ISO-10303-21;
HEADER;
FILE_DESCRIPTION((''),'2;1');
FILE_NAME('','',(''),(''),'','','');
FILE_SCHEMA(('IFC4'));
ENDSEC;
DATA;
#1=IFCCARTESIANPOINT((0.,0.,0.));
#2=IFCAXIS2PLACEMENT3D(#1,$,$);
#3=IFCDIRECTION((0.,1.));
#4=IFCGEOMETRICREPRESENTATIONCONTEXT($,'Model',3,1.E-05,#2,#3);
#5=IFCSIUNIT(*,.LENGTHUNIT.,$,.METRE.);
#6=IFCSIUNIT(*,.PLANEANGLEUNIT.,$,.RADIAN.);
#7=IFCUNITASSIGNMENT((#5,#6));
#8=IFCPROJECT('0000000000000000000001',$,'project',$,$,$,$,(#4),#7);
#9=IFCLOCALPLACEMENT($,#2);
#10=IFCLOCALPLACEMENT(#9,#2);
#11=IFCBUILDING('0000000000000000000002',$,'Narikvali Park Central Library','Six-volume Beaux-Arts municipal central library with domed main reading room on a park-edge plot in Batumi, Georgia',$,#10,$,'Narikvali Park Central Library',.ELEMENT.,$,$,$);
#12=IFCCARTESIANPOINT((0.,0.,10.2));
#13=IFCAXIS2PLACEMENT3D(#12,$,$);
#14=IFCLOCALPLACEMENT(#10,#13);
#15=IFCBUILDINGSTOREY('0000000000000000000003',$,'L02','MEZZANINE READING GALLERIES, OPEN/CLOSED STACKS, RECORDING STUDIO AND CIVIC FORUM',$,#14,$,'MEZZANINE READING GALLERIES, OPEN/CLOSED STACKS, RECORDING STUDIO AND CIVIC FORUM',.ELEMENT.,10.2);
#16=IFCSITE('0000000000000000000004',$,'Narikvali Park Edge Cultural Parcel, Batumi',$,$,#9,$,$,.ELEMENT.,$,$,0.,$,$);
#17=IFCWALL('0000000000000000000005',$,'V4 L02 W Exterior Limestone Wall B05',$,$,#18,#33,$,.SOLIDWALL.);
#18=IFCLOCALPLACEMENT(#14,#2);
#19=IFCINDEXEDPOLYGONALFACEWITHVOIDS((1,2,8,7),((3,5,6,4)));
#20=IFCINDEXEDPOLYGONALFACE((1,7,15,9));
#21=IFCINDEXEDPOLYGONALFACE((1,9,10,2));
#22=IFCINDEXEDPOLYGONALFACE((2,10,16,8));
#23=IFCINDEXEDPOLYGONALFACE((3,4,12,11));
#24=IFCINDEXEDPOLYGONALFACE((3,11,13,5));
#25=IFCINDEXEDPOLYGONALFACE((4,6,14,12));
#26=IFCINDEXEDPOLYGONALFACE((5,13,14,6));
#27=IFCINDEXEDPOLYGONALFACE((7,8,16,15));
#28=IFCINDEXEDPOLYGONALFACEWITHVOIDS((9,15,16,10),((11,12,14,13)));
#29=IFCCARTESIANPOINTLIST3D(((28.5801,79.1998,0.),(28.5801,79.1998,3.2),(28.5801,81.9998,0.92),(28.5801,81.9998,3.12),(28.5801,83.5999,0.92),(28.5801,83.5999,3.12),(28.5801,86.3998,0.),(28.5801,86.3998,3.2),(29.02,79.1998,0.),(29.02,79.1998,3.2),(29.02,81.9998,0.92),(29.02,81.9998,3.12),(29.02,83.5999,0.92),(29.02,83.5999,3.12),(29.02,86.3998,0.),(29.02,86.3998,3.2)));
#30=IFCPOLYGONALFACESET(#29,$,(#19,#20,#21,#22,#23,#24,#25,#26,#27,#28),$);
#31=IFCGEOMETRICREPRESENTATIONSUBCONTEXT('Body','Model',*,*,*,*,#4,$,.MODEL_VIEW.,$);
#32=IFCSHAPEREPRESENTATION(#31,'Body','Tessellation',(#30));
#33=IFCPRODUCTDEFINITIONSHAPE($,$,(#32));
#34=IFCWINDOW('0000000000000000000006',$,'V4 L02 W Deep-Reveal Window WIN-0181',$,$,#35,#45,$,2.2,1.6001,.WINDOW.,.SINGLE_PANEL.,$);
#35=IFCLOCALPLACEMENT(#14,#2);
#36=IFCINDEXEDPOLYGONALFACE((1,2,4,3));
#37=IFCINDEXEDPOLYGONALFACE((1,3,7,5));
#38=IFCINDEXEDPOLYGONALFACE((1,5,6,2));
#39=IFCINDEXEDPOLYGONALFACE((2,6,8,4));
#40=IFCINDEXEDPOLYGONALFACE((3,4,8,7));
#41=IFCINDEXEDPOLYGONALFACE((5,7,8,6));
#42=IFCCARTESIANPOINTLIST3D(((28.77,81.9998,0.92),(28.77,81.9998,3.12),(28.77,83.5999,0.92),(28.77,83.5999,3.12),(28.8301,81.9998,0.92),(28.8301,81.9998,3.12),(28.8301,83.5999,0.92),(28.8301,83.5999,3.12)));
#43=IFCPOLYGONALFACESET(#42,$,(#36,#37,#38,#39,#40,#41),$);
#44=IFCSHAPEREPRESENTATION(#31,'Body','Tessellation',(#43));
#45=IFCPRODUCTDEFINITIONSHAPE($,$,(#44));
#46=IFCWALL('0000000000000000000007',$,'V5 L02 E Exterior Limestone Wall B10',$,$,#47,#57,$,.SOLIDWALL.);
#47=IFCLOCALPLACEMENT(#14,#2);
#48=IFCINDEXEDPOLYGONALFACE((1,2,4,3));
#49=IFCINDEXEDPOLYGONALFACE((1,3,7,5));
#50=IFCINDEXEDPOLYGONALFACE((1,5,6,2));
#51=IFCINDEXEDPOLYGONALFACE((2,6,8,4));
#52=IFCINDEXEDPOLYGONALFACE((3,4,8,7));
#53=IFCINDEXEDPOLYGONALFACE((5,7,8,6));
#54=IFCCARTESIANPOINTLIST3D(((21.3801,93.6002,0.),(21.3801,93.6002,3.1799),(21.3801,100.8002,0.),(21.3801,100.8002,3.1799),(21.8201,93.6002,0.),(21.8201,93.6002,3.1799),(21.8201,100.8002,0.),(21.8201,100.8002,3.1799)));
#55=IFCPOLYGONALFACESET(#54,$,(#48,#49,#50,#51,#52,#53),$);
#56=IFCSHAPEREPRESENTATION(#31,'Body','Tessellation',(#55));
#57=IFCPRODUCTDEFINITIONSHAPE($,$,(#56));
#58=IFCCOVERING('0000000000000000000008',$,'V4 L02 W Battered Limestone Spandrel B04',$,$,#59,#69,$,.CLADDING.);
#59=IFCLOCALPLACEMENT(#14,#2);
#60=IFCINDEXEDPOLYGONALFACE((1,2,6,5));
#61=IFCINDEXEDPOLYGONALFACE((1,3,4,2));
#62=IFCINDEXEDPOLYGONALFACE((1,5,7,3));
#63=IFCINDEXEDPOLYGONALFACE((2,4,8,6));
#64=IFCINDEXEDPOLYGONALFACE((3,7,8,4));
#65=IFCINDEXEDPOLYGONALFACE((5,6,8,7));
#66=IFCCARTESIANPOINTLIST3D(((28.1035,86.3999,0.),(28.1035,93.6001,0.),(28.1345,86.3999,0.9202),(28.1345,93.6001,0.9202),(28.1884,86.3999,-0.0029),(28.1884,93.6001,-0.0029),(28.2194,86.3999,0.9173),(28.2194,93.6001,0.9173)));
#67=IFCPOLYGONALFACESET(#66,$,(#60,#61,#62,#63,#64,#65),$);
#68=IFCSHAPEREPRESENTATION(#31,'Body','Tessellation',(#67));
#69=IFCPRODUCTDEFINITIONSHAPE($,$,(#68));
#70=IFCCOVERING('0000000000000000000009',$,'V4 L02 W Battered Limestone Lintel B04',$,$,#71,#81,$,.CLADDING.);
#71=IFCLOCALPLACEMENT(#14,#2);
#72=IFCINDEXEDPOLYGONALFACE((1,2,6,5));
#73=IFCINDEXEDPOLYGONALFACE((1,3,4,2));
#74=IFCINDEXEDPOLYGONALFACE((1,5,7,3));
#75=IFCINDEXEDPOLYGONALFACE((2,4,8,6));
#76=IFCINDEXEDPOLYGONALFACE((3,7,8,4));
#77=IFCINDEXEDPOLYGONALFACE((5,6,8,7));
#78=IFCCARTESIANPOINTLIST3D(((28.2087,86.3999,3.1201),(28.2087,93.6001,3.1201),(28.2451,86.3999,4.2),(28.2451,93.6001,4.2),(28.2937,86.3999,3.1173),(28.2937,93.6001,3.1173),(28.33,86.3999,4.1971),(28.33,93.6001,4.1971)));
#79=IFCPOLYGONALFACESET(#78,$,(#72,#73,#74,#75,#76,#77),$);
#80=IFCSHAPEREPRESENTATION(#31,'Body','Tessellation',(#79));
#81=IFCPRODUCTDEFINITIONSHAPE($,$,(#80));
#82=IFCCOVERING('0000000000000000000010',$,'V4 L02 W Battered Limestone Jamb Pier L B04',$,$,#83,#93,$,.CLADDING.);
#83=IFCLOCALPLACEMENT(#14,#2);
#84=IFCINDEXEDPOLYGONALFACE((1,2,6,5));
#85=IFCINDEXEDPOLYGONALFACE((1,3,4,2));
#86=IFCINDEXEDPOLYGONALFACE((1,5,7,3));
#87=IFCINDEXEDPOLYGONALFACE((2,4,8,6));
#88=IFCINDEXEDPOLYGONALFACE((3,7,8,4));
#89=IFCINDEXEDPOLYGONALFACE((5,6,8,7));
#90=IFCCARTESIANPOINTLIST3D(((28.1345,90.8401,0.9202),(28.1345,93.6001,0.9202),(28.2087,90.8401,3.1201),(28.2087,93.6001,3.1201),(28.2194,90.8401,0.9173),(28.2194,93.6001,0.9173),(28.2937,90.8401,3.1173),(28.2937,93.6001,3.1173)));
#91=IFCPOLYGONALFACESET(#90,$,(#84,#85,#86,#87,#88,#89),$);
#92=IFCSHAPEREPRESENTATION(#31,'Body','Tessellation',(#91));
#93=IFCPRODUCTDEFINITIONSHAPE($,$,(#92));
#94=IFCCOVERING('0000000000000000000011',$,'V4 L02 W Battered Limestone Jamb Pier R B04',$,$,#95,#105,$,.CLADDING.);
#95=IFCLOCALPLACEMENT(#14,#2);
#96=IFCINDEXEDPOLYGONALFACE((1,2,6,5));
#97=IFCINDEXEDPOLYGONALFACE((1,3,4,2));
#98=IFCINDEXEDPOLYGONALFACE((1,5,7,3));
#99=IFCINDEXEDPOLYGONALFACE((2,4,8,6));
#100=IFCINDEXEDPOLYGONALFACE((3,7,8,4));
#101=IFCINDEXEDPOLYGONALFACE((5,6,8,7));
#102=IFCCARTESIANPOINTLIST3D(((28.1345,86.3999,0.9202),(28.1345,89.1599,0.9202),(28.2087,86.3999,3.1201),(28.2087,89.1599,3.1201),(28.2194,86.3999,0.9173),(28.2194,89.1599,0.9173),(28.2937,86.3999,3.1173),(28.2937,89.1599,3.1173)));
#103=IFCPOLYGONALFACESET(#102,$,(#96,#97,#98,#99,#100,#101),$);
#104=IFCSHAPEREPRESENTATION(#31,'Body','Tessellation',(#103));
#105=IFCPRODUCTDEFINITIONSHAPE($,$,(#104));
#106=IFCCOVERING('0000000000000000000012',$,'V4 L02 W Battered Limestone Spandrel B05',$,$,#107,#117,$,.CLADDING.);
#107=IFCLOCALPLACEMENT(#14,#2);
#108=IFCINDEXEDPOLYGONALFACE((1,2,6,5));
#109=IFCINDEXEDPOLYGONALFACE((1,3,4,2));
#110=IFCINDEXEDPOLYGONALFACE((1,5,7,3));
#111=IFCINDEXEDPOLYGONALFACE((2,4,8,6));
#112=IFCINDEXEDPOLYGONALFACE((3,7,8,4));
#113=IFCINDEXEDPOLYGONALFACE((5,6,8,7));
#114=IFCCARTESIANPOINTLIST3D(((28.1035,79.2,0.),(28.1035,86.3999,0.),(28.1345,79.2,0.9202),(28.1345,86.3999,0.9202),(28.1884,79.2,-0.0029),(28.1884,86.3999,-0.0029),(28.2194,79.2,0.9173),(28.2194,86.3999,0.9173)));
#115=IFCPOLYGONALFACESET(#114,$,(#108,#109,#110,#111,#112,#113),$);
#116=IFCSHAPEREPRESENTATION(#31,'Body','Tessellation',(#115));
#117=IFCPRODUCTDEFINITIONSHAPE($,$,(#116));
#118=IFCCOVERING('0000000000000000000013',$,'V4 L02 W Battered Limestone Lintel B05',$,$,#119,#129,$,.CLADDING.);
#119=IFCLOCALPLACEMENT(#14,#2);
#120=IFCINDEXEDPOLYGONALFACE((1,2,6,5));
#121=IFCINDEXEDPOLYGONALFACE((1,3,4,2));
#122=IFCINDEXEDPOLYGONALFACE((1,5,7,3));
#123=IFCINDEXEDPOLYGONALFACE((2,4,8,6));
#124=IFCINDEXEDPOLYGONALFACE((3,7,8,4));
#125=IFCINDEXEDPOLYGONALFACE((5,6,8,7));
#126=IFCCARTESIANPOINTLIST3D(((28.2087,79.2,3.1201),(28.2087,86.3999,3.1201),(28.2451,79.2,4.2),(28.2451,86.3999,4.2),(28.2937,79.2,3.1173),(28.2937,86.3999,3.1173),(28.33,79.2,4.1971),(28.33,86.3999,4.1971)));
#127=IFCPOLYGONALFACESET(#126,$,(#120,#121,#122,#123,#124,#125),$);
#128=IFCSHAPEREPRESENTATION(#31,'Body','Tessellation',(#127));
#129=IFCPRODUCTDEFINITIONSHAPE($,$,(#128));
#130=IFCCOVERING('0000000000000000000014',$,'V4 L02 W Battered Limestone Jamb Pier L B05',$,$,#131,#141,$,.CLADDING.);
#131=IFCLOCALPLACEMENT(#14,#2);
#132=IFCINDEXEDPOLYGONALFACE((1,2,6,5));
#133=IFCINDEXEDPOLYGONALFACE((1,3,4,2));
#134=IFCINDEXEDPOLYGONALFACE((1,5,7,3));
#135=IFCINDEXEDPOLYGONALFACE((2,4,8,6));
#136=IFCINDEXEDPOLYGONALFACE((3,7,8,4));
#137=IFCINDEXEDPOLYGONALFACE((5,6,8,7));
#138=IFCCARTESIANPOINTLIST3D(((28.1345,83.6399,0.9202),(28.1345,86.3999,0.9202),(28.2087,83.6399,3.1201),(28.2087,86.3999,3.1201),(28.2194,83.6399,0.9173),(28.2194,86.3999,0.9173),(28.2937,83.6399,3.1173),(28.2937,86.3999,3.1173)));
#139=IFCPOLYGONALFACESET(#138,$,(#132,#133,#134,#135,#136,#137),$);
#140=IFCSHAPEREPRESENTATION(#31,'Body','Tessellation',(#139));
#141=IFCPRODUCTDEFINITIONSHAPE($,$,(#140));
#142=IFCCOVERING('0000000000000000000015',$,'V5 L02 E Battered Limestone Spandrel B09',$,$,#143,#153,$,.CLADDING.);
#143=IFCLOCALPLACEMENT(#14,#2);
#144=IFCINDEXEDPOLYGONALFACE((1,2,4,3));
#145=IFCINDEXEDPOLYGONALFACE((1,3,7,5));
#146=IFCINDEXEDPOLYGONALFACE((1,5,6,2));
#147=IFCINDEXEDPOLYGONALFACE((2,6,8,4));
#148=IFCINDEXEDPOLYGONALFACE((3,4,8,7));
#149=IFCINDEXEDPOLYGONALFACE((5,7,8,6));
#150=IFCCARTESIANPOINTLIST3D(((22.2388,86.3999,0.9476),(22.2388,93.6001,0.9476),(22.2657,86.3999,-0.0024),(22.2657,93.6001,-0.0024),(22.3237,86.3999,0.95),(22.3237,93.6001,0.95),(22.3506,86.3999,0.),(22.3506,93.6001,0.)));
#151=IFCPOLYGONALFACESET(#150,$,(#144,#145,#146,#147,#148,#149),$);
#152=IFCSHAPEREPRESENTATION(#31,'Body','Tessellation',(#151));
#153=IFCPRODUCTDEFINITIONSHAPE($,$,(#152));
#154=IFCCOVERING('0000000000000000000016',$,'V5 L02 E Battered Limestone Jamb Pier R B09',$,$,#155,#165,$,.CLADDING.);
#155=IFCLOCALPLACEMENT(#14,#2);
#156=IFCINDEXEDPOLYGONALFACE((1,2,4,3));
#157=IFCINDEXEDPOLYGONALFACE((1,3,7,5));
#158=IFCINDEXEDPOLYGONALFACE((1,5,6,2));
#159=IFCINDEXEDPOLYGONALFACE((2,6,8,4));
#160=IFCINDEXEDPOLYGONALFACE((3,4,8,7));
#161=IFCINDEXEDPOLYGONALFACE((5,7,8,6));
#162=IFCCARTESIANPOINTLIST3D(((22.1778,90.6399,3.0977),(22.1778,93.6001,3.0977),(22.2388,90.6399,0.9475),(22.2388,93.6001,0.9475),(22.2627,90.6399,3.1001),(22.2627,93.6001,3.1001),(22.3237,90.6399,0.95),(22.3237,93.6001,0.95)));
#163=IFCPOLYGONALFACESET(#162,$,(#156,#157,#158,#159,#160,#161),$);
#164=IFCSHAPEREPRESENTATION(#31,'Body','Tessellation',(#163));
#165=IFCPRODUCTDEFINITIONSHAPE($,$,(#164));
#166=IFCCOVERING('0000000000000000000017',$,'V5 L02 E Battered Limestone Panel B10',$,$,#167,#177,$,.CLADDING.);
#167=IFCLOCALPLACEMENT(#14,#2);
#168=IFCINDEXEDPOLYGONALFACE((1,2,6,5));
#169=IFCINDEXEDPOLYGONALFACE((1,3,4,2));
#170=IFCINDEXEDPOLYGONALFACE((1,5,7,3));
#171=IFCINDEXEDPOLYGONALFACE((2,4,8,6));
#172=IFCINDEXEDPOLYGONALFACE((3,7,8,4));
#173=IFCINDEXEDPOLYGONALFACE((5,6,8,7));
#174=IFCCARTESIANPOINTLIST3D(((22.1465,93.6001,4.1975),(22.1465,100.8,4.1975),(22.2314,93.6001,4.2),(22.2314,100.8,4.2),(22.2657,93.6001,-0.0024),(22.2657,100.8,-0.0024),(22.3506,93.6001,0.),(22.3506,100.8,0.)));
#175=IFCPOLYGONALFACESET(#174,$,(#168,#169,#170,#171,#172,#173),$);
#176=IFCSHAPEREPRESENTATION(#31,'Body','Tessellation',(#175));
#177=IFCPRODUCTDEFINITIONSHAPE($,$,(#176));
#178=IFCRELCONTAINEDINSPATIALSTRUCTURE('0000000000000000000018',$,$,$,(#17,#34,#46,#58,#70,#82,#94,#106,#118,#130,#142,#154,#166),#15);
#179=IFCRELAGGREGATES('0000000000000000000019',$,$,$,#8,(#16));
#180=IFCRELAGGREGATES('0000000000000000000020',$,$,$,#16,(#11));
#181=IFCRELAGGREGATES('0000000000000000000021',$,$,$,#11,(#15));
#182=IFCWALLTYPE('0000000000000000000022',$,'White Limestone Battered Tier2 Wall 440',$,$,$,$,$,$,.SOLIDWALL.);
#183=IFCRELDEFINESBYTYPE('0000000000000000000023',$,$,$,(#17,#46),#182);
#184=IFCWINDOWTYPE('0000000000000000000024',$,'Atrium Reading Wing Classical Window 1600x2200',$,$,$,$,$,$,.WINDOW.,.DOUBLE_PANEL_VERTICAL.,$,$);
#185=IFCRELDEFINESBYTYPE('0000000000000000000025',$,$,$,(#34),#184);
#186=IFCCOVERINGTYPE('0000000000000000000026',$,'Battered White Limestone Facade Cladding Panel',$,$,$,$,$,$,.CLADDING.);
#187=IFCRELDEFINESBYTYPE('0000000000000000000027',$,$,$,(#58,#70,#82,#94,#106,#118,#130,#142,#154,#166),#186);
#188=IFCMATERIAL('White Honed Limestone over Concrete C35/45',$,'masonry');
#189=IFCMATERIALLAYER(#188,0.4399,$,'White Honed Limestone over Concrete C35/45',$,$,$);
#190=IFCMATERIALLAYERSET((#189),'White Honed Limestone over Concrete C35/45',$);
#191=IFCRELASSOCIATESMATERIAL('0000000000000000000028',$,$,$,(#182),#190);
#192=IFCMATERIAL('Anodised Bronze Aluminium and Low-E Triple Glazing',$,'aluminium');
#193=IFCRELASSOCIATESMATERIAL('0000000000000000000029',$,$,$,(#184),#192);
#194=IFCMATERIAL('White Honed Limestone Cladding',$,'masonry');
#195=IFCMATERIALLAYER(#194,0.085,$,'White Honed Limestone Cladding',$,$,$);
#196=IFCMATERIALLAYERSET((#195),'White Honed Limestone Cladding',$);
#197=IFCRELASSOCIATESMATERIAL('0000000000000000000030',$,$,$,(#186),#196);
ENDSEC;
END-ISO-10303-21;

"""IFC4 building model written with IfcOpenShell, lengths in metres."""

from ifc_helpers import new_model, si_unit, direction, frame, frame_2d, origin, place, context, subcontext, project, spatial, polyline, rectangle, outline, extrude, material, layer, layer_set, type_object, element, fill, save


model = new_model("IFC4")

# Units and contexts
model_context = context("Model", 3, precision=1e-05, world=origin(), true_north=direction((0.0, 1.0)))
body_context = subcontext(model_context, "Body", "Model", "MODEL_VIEW")
ifc_project = project(units=[si_unit("LENGTHUNIT", "METRE"), si_unit("PLANEANGLEUNIT", "RADIAN")], contexts=[model_context])

# Site, building, storey
site_placement = place(None, origin())
site = spatial("IfcSite", under=ifc_project, at=site_placement, Name="Narikvali Park Edge Cultural Parcel, Batumi", CompositionType="ELEMENT", RefElevation=0.0)
building_placement = place(site_placement, origin())
building = spatial("IfcBuilding", under=site, at=building_placement, Name="Narikvali Park Central Library", Description="Six-volume Beaux-Arts municipal central library with domed main reading room on a park-edge plot in Batumi, Georgia", LongName="Narikvali Park Central Library", CompositionType="ELEMENT")
storey_placement = place(building_placement, frame((0.0, 0.0, 10.2)))
storey = spatial("IfcBuildingStorey", under=building, at=storey_placement, Name="L02", Description="MEZZANINE READING GALLERIES, OPEN/CLOSED STACKS, RECORDING STUDIO AND CIVIC FORUM", LongName="MEZZANINE READING GALLERIES, OPEN/CLOSED STACKS, RECORDING STUDIO AND CIVIC FORUM", CompositionType="ELEMENT", Elevation=10.2)

# Wall, opening, window
ifc_material_1 = material(Name="White Honed Limestone over Concrete C35/45", Category="masonry")
ifc_layer_1 = layer(ifc_material_1, 0.4399, Name="White Honed Limestone over Concrete C35/45")
ifc_layer_set_1 = layer_set([ifc_layer_1], Name="White Honed Limestone over Concrete C35/45")
wall_type = type_object("IfcWallType", Name="White Limestone Battered Tier2 Wall 440", PredefinedType="SOLIDWALL", material=ifc_layer_set_1)
ifc_material_2 = material(Name="Anodised Bronze Aluminium and Low-E Triple Glazing", Category="aluminium")
window_type = type_object("IfcWindowType", Name="Atrium Reading Wing Classical Window 1600x2200", PartitioningType="DOUBLE_PANEL_VERTICAL", PredefinedType="WINDOW", material=ifc_material_2)
wall_1_placement = place(storey_placement, frame((28.8, 86.3999, 0.0), z_axis=(0.0, 0.0, 1.0), x_axis=(0.0, -1.0, 0.0)))
wall_1 = element("IfcWall", 1, at=wall_1_placement, inside=storey, type_object=wall_type, Name="V4 L02 W Exterior Limestone Wall B05", PredefinedType="SOLIDWALL", context=body_context, shape_type="SweptSolid", body=[
    extrude(rectangle(XDim=7.2, YDim=0.4399, at=frame_2d((3.6001, 0.0))), origin(), (0.0, 0.0, 1.0), 3.2),
])
opening_1_placement = place(wall_1_placement, frame((2.8, 0.0, 0.9199)))
opening_1 = element("IfcOpeningElement", 2, at=opening_1_placement, cuts=wall_1, PredefinedType="OPENING", context=body_context, shape_type="SweptSolid", body=[
    extrude(rectangle(XDim=1.6001, YDim=2.2, at=frame_2d((0.8, 1.1001))), frame((0.0, 0.2319, 0.0), z_axis=(0.0, -1.0, 0.0), x_axis=(1.0, 0.0, 0.0)), (0.0, 0.0, 1.0), 0.4639),
])
window_1_placement = place(opening_1_placement, origin())
window_1 = element("IfcWindow", 3, at=window_1_placement, inside=storey, type_object=window_type, Name="V4 L02 W Deep-Reveal Window WIN-0181", OverallHeight=2.2, OverallWidth=1.6001, PartitioningType="SINGLE_PANEL", PredefinedType="WINDOW", context=body_context, shape_type="SweptSolid", body=[
    extrude(rectangle(XDim=1.6001, YDim=2.2, at=frame_2d((0.8, 1.1001))), frame((0.0, 0.03, 0.0), z_axis=(0.0, -1.0, 0.0), x_axis=(1.0, 0.0, 0.0)), (0.0, 0.0, 1.0), 0.0601),
])
fill(opening_1, window_1)

# Wall
wall_2_placement = place(storey_placement, frame((21.6001, 93.6001, 0.0), z_axis=(0.0, 0.0, 1.0), x_axis=(0.0, 1.0, 0.0)))
element("IfcWall", 4, at=wall_2_placement, inside=storey, type_object=wall_type, Name="V5 L02 E Exterior Limestone Wall B10", PredefinedType="SOLIDWALL", context=body_context, shape_type="SweptSolid", body=[
    extrude(rectangle(XDim=7.2, YDim=0.4399, at=frame_2d((3.6001, 0.0))), origin(), (0.0, 0.0, 1.0), 3.1799),
])

# Coverings
ifc_material_3 = material(Name="White Honed Limestone Cladding", Category="masonry")
ifc_layer_2 = layer(ifc_material_3, 0.085, Name="White Honed Limestone Cladding")
ifc_layer_set_2 = layer_set([ifc_layer_2], Name="White Honed Limestone Cladding")
covering_type = type_object("IfcCoveringType", Name="Battered White Limestone Facade Cladding Panel", PredefinedType="CLADDING", material=ifc_layer_set_2)
covering_1_placement = place(storey_placement, frame((28.1035, 93.6001, 0.0), z_axis=(-0.999433, 0.0, 0.033677), x_axis=(0.0, -1.0, 0.0)))
element("IfcCovering", 5, at=covering_1_placement, inside=storey, type_object=covering_type, Name="V4 L02 W Battered Limestone Spandrel B04", PredefinedType="CLADDING", context=body_context, shape_type="SweptSolid", body=[
    extrude(outline(polyline([(0.0, 0.0), (7.2002, 0.0), (7.2002, 0.9207), (0.0, 0.9207), (0.0, 0.0)])), origin(), (0.0, 0.0, -1.0), 0.085),
])
covering_2_placement = place(storey_placement, frame((28.2087, 93.6001, 3.1201), z_axis=(-0.999433, 0.0, 0.033668), x_axis=(0.0, -1.0, 0.0)))
element("IfcCovering", 6, at=covering_2_placement, inside=storey, type_object=covering_type, Name="V4 L02 W Battered Limestone Lintel B04", PredefinedType="CLADDING", context=body_context, shape_type="SweptSolid", body=[
    extrude(outline(polyline([(0.0, 0.0), (7.2002, 0.0), (7.2002, 1.0804), (0.0, 1.0804), (0.0, 0.0)])), origin(), (0.0, 0.0, -1.0), 0.085),
])
for number, where, z_axis, x_axis, name in (
    (7, (28.1345, 93.6001, 0.9202), (-0.999431, 0.0, 0.033717), (0.0, -1.0, 0.0), "V4 L02 W Battered Limestone Jamb Pier L B04"),
    (8, (28.1345, 89.1599, 0.9202), (-0.999431, 0.0, 0.033717), (0.0, -1.0, 0.0), "V4 L02 W Battered Limestone Jamb Pier R B04"),
):
    element("IfcCovering", number, at=place(storey_placement, frame(where, z_axis=z_axis, x_axis=x_axis)), inside=storey, type_object=covering_type, Name=name, PredefinedType="CLADDING", context=body_context, shape_type="SweptSolid", body=[
        extrude(outline(polyline([(0.0, 0.0), (2.76, 0.0), (2.76, 2.2012), (0.0, 2.2012), (0.0, 0.0)])), origin(), (0.0, 0.0, -1.0), 0.085),
    ])
covering_3_placement = place(storey_placement, frame((28.1035, 86.3999, 0.0), z_axis=(-0.999433, 0.0, 0.033677), x_axis=(0.0, -1.0, 0.0)))
element("IfcCovering", 9, at=covering_3_placement, inside=storey, type_object=covering_type, Name="V4 L02 W Battered Limestone Spandrel B05", PredefinedType="CLADDING", context=body_context, shape_type="SweptSolid", body=[
    extrude(outline(polyline([(0.0, 0.0), (7.2, 0.0), (7.2, 0.9207), (0.0, 0.9207), (0.0, 0.0)])), origin(), (0.0, 0.0, -1.0), 0.085),
])
covering_4_placement = place(storey_placement, frame((28.2087, 86.3999, 3.1201), z_axis=(-0.999433, 0.0, 0.033668), x_axis=(0.0, -1.0, 0.0)))
element("IfcCovering", 10, at=covering_4_placement, inside=storey, type_object=covering_type, Name="V4 L02 W Battered Limestone Lintel B05", PredefinedType="CLADDING", context=body_context, shape_type="SweptSolid", body=[
    extrude(outline(polyline([(0.0, 0.0), (7.2, 0.0), (7.2, 1.0804), (0.0, 1.0804), (0.0, 0.0)])), origin(), (0.0, 0.0, -1.0), 0.085),
])
covering_5_placement = place(storey_placement, frame((28.1345, 86.3999, 0.9202), z_axis=(-0.999431, 0.0, 0.033717), x_axis=(0.0, -1.0, 0.0)))
element("IfcCovering", 11, at=covering_5_placement, inside=storey, type_object=covering_type, Name="V4 L02 W Battered Limestone Jamb Pier L B05", PredefinedType="CLADDING", context=body_context, shape_type="SweptSolid", body=[
    extrude(outline(polyline([(0.0, 0.0), (2.76, 0.0), (2.76, 2.2012), (0.0, 2.2012), (0.0, 0.0)])), origin(), (0.0, 0.0, -1.0), 0.085),
])
covering_6_placement = place(storey_placement, frame((22.3506, 86.3999, 0.0), z_axis=(0.999601, 0.0, 0.028259), x_axis=(0.0, 1.0, 0.0)))
element("IfcCovering", 12, at=covering_6_placement, inside=storey, type_object=covering_type, Name="V5 L02 E Battered Limestone Spandrel B09", PredefinedType="CLADDING", context=body_context, shape_type="SweptSolid", body=[
    extrude(outline(polyline([(0.0, 0.0), (7.2002, 0.0), (7.2002, 0.9503), (0.0, 0.9503), (0.0, 0.0)])), origin(), (0.0, 0.0, -1.0), 0.085),
])
covering_7_placement = place(storey_placement, frame((22.3237, 90.6399, 0.95), z_axis=(0.999597, 0.0, 0.028375), x_axis=(0.0, 1.0, 0.0)))
element("IfcCovering", 13, at=covering_7_placement, inside=storey, type_object=covering_type, Name="V5 L02 E Battered Limestone Jamb Pier R B09", PredefinedType="CLADDING", context=body_context, shape_type="SweptSolid", body=[
    extrude(outline(polyline([(0.0, 0.0), (2.9602, 0.0), (2.9602, 2.151), (0.0, 2.151), (0.0, 0.0)])), origin(), (0.0, 0.0, -1.0), 0.085),
])
covering_8_placement = place(storey_placement, frame((22.3506, 93.6001, 0.0), z_axis=(0.999598, 0.0, 0.028356), x_axis=(0.0, 1.0, 0.0)))
element("IfcCovering", 14, at=covering_8_placement, inside=storey, type_object=covering_type, Name="V5 L02 E Battered Limestone Panel B10", PredefinedType="CLADDING", context=body_context, shape_type="SweptSolid", body=[
    extrude(outline(polyline([(0.0, 0.0), (7.2, 0.0), (7.2, 4.2016), (0.0, 4.2016), (0.0, 0.0)])), origin(), (0.0, 0.0, -1.0), 0.085),
])

save(model, "model.ifc")
